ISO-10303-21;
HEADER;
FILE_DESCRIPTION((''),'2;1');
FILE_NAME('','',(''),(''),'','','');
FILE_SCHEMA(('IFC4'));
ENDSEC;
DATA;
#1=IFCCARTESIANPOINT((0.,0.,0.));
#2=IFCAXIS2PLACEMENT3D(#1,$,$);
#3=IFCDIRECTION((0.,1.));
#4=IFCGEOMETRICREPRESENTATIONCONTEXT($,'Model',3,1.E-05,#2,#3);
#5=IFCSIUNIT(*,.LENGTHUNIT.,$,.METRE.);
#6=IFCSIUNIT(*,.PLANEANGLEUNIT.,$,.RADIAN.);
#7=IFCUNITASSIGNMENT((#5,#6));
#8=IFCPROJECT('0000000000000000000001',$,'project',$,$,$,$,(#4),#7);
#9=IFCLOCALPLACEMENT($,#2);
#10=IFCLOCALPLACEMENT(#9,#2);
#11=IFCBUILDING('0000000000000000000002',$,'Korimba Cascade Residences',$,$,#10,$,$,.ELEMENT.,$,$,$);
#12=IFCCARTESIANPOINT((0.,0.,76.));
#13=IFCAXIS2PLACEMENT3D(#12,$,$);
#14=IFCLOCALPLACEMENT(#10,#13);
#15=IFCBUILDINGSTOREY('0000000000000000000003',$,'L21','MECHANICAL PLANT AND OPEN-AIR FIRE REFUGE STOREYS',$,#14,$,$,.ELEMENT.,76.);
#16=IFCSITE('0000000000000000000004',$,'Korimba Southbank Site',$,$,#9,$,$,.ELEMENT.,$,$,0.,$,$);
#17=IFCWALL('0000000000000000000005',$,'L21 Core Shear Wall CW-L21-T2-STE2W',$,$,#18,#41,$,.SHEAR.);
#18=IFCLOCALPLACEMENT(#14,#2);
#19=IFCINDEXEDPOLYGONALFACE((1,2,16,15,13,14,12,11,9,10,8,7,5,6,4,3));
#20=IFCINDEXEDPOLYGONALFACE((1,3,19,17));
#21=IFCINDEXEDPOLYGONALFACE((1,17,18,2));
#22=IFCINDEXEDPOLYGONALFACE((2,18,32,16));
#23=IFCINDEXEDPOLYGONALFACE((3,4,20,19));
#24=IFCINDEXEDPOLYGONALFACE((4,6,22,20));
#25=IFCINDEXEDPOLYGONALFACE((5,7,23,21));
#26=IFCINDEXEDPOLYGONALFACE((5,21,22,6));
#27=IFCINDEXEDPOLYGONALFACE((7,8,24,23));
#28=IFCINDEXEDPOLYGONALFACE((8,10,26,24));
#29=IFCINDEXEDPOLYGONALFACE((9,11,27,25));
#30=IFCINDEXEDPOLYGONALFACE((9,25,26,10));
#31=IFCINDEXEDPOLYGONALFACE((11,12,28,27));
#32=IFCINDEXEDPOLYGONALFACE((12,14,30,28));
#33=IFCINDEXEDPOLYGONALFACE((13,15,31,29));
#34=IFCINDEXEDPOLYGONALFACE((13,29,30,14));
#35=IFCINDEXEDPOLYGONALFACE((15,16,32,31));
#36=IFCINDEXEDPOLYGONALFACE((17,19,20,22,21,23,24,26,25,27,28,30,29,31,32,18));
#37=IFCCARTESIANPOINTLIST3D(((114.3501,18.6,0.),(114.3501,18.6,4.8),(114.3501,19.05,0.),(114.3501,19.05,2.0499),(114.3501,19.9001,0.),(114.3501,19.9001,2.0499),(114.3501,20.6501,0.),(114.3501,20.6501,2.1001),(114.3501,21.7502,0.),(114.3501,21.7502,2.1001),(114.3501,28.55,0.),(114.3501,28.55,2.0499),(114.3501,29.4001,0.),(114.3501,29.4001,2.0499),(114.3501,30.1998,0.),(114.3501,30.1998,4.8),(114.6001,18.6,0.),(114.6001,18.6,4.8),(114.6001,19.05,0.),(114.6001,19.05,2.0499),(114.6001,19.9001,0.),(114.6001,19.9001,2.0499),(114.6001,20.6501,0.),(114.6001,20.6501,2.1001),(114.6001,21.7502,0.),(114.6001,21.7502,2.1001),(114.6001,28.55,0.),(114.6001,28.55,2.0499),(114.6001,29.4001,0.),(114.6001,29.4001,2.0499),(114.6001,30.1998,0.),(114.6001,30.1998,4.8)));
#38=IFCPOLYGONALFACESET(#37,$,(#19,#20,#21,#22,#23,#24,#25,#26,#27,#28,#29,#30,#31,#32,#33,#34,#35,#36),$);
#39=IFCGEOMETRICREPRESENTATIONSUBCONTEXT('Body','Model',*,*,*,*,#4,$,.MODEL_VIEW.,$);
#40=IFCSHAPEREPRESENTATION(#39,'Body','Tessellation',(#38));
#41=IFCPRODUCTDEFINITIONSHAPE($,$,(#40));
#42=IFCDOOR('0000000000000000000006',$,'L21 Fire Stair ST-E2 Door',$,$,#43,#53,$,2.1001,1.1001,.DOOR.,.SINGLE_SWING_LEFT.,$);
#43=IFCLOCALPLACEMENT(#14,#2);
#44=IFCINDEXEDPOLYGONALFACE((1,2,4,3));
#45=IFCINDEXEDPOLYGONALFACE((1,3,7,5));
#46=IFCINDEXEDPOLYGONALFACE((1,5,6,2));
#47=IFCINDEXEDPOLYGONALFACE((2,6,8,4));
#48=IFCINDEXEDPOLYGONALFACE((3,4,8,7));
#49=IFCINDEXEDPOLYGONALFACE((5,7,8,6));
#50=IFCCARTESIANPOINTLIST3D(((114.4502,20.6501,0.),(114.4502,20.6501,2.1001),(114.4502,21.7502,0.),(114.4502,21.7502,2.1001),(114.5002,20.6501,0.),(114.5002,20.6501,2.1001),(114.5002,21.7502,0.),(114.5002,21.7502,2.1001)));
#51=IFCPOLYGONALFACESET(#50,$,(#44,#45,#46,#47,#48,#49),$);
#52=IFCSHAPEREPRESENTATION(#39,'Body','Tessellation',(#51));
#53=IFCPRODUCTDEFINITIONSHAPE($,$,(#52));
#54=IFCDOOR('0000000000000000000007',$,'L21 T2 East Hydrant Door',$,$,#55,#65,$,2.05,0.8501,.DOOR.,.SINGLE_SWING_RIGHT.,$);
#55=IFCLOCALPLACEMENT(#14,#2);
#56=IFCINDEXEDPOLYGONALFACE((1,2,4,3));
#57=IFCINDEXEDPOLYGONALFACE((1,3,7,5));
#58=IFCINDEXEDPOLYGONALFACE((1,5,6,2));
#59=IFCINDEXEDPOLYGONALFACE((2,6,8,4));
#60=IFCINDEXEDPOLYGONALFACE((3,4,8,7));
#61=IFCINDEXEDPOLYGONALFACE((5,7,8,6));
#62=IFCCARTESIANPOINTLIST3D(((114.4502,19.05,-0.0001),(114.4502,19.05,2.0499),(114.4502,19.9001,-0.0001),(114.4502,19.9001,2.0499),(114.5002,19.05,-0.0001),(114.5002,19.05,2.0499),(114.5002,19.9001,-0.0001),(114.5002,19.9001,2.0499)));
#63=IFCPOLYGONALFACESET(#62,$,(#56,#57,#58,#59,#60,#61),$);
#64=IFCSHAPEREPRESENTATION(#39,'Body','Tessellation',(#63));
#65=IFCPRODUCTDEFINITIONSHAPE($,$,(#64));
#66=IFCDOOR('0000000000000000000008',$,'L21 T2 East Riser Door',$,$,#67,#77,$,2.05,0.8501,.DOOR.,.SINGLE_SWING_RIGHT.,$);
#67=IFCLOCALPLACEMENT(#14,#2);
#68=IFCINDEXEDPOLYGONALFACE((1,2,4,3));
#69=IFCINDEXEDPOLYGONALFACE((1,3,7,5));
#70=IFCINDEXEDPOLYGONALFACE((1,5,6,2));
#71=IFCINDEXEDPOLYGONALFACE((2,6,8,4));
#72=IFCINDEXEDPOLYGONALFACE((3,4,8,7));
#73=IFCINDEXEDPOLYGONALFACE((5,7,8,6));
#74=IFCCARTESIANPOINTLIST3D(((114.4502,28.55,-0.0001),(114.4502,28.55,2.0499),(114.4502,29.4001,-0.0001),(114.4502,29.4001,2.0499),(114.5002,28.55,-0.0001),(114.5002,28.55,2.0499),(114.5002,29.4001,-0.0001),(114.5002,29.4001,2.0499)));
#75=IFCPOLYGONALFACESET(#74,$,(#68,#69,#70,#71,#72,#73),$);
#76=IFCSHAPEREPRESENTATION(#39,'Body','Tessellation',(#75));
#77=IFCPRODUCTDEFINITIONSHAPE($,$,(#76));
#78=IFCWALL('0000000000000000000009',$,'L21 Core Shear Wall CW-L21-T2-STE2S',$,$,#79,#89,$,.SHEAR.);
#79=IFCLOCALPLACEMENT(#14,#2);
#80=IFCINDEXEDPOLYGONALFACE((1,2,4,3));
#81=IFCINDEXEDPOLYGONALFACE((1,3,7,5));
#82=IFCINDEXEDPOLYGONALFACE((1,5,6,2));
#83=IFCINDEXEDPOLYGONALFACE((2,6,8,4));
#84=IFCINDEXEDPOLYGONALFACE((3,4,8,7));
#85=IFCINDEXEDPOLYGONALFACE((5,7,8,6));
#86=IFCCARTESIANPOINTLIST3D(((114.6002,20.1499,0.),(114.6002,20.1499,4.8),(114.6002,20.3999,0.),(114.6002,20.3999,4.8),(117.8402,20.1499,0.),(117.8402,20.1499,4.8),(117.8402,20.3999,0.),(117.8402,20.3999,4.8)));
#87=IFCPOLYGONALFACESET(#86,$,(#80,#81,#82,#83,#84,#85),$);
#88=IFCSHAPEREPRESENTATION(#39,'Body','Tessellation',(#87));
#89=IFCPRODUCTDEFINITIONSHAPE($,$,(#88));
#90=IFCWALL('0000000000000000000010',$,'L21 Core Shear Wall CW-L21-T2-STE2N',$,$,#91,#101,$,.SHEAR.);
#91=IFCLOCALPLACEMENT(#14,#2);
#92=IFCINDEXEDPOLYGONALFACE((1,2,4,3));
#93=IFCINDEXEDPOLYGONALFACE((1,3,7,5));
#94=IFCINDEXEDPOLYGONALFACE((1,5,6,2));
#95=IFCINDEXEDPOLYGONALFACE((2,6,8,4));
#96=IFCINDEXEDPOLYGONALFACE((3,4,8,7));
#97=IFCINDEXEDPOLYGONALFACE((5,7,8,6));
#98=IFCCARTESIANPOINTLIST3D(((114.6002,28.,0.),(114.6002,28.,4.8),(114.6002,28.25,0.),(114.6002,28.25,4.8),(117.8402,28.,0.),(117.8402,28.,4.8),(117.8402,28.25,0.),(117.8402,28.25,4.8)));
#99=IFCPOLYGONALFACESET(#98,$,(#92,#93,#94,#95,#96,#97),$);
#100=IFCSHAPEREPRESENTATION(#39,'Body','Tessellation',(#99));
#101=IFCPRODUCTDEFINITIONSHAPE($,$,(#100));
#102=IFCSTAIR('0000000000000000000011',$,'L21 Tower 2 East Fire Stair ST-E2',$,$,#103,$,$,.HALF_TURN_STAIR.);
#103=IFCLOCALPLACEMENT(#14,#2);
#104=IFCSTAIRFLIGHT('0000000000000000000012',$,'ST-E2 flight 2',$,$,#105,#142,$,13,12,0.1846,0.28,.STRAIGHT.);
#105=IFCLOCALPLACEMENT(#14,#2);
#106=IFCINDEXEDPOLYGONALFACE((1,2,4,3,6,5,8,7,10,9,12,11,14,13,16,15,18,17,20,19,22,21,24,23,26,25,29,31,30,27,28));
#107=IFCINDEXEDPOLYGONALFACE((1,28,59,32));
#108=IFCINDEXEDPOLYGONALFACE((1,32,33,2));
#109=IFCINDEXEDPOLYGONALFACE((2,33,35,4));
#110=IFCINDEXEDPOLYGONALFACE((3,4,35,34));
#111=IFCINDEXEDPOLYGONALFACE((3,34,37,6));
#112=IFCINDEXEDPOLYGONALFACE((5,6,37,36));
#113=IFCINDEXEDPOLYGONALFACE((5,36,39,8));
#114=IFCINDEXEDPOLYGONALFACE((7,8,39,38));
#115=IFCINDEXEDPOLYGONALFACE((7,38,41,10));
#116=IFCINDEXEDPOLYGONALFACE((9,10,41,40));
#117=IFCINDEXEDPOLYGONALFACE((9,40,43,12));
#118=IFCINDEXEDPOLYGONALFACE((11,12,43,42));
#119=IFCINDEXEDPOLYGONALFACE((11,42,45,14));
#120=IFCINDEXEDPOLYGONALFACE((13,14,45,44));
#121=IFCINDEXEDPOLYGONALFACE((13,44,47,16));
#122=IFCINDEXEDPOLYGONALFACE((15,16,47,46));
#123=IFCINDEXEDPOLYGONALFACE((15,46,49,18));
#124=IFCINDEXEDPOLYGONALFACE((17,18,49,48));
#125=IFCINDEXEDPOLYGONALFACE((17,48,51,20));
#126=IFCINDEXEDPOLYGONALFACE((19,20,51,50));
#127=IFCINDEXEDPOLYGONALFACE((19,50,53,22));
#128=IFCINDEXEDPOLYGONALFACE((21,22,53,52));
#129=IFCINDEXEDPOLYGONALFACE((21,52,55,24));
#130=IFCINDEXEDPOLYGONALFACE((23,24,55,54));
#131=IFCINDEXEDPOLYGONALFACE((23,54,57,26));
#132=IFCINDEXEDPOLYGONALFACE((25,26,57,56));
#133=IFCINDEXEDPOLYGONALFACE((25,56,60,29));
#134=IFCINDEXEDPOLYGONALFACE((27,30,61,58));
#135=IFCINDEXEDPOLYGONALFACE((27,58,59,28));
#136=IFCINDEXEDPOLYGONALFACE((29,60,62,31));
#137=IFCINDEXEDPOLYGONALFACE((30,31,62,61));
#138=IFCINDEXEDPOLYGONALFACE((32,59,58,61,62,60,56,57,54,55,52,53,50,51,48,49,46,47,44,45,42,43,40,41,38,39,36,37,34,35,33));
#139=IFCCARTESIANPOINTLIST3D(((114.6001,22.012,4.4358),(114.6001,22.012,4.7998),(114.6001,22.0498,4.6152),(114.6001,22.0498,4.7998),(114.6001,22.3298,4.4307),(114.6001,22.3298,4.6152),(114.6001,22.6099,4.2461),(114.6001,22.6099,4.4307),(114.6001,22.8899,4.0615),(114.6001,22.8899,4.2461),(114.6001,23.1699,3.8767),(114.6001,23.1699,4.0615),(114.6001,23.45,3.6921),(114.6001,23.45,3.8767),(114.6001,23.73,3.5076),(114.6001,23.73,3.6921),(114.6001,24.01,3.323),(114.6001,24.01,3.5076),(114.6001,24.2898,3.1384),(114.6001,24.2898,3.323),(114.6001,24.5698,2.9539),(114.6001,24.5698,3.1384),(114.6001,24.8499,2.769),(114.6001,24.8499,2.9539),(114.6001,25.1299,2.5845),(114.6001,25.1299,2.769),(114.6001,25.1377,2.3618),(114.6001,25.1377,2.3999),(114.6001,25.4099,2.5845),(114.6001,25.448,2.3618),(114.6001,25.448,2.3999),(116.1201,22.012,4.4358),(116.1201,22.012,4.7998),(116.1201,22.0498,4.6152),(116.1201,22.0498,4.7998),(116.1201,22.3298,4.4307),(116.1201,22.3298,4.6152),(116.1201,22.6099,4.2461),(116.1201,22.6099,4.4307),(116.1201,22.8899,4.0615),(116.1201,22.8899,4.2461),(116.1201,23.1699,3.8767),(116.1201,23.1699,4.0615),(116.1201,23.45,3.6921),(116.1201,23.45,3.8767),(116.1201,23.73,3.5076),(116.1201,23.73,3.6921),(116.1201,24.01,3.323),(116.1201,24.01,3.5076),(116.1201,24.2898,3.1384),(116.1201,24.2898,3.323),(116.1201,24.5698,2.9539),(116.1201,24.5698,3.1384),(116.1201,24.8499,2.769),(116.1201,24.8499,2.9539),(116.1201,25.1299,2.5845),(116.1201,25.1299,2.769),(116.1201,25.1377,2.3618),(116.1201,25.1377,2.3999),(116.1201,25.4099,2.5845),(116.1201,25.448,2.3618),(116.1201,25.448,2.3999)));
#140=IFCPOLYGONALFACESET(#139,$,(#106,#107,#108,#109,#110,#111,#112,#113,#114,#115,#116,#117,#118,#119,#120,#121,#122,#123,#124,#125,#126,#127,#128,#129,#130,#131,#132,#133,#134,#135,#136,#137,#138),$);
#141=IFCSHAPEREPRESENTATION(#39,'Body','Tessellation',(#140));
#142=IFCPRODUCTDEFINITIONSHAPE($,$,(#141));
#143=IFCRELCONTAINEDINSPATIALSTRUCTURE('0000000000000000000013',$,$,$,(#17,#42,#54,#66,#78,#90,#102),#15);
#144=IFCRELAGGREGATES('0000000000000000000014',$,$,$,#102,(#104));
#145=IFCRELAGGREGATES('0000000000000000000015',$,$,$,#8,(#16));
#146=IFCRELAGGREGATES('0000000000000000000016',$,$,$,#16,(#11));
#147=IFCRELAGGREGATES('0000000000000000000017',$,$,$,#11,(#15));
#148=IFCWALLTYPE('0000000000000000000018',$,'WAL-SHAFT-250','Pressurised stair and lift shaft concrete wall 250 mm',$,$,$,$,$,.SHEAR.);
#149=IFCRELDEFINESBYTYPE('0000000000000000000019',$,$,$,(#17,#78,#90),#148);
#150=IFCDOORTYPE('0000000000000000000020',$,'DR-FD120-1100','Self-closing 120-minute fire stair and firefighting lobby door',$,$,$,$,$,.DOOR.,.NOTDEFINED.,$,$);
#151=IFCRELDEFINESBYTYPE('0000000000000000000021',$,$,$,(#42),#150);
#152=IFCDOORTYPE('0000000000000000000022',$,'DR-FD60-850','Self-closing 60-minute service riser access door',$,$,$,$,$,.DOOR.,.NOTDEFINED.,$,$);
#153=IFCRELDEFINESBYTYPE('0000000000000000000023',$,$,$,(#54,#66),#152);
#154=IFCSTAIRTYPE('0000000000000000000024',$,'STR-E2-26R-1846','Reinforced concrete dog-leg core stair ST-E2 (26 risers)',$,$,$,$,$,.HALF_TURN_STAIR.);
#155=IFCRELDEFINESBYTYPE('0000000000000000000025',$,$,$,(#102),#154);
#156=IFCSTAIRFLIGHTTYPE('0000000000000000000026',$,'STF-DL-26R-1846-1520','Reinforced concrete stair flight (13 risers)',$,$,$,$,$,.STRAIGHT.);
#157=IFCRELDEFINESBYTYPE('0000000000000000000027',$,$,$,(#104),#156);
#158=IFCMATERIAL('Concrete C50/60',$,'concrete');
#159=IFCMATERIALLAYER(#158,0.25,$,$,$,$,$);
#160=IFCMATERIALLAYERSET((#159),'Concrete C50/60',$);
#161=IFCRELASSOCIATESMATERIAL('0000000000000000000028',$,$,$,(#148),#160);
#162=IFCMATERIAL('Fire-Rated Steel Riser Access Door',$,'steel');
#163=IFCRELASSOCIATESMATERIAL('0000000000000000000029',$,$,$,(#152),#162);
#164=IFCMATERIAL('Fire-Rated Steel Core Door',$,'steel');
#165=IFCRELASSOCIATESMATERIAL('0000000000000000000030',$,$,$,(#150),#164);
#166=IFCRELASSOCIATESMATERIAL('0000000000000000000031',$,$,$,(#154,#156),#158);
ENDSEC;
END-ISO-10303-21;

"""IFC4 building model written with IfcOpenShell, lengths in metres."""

from ifc_helpers import new_model, si_unit, direction, frame, frame_2d, origin, place, context, subcontext, project, spatial, polyline, rectangle, outline, extrude, material, layer, layer_set, type_object, element, fill, aggregate, save


model = new_model("IFC4")

# Units and contexts
model_context = context("Model", 3, precision=1e-05, world=origin(), true_north=direction((0.0, 1.0)))
body_context = subcontext(model_context, "Body", "Model", "MODEL_VIEW")
ifc_project = project(units=[si_unit("LENGTHUNIT", "METRE"), si_unit("PLANEANGLEUNIT", "RADIAN")], contexts=[model_context])

# Site, building, storey
site_placement = place(None, origin())
site = spatial("IfcSite", under=ifc_project, at=site_placement, Name="Korimba Southbank Site", CompositionType="ELEMENT", RefElevation=0.0)
building_placement = place(site_placement, origin())
building = spatial("IfcBuilding", under=site, at=building_placement, Name="Korimba Cascade Residences", CompositionType="ELEMENT")
storey_placement = place(building_placement, frame((0.0, 0.0, 76.0)))
storey = spatial("IfcBuildingStorey", under=building, at=storey_placement, Name="L21", Description="MECHANICAL PLANT AND OPEN-AIR FIRE REFUGE STOREYS", CompositionType="ELEMENT", Elevation=76.0)

# Shared definitions
ifc_material_1 = material(Name="Concrete C50/60", Category="concrete")
ifc_layer_1 = layer(ifc_material_1, 0.25)
ifc_layer_set_1 = layer_set([ifc_layer_1], Name="Concrete C50/60")
wall_type_1 = type_object("IfcWallType", Name="WAL-SHAFT-250", Description="Pressurised stair and lift shaft concrete wall 250 mm", PredefinedType="SHEAR", material=ifc_layer_set_1)

# Shared definitions
ifc_material_2 = material(Name="Fire-Rated Steel Riser Access Door", Category="steel")
door_type_1 = type_object("IfcDoorType", Name="DR-FD60-850", Description="Self-closing 60-minute service riser access door", OperationType="NOTDEFINED", PredefinedType="DOOR", material=ifc_material_2)

# Wall, openings, doors
wall_1_placement = place(storey_placement, frame((114.4751, 18.6001, 0.0), z_axis=(0.0, 0.0, 1.0), x_axis=(0.0, 1.0, 0.0)))
wall_1 = element("IfcWall", 1, at=wall_1_placement, inside=storey, type_object=wall_type_1, Name="L21 Core Shear Wall CW-L21-T2-STE2W", PredefinedType="SHEAR", context=body_context, shape_type="SweptSolid", body=[
    extrude(rectangle(XDim=11.5999, YDim=0.25, at=frame_2d((5.7998, 0.0))), origin(), (0.0, 0.0, 1.0), 4.8),
])
opening_1_placement = place(wall_1_placement, frame((0.45, 0.0, 0.0)))
opening_1 = element("IfcOpeningElement", 2, at=opening_1_placement, cuts=wall_1, PredefinedType="OPENING", context=body_context, shape_type="SweptSolid", body=[
    extrude(rectangle(XDim=0.8501, YDim=2.05, at=frame_2d((0.425, 1.0249))), frame((0.0, 0.135, 0.0), z_axis=(0.0, -1.0, 0.0), x_axis=(1.0, 0.0, 0.0)), (0.0, 0.0, 1.0), 0.27),
])
opening_2_placement = place(wall_1_placement, frame((2.05, 0.0, 0.0)))
opening_2 = element("IfcOpeningElement", 3, at=opening_2_placement, cuts=wall_1, PredefinedType="OPENING", context=body_context, shape_type="SweptSolid", body=[
    extrude(rectangle(XDim=1.1001, YDim=2.1001, at=frame_2d((0.55, 1.05))), frame((0.0, 0.135, 0.0), z_axis=(0.0, -1.0, 0.0), x_axis=(1.0, 0.0, 0.0)), (0.0, 0.0, 1.0), 0.27),
])
opening_3_placement = place(wall_1_placement, frame((9.95, 0.0, 0.0)))
opening_3 = element("IfcOpeningElement", 4, at=opening_3_placement, cuts=wall_1, PredefinedType="OPENING", context=body_context, shape_type="SweptSolid", body=[
    extrude(rectangle(XDim=0.8501, YDim=2.05, at=frame_2d((0.425, 1.0249))), frame((0.0, 0.135, 0.0), z_axis=(0.0, -1.0, 0.0), x_axis=(1.0, 0.0, 0.0)), (0.0, 0.0, 1.0), 0.27),
])
ifc_material_3 = material(Name="Fire-Rated Steel Core Door", Category="steel")
door_type_2 = type_object("IfcDoorType", Name="DR-FD120-1100", Description="Self-closing 120-minute fire stair and firefighting lobby door", OperationType="NOTDEFINED", PredefinedType="DOOR", material=ifc_material_3)
door_1_placement = place(opening_2_placement, origin())
door_1 = element("IfcDoor", 5, at=door_1_placement, inside=storey, type_object=door_type_2, Name="L21 Fire Stair ST-E2 Door", OperationType="SINGLE_SWING_LEFT", OverallHeight=2.1001, OverallWidth=1.1001, PredefinedType="DOOR", context=body_context, shape_type="SweptSolid", body=[
    extrude(rectangle(XDim=1.1001, YDim=2.1001, at=frame_2d((0.55, 1.05))), frame((0.0, 0.0249, 0.0), z_axis=(0.0, -1.0, 0.0), x_axis=(1.0, 0.0, 0.0)), (0.0, 0.0, 1.0), 0.05),
])
fill(opening_2, door_1)
door_2_placement = place(opening_1_placement, origin())
door_2 = element("IfcDoor", 6, at=door_2_placement, inside=storey, type_object=door_type_1, Name="L21 T2 East Hydrant Door", OperationType="SINGLE_SWING_RIGHT", OverallHeight=2.05, OverallWidth=0.8501, PredefinedType="DOOR", context=body_context, shape_type="SweptSolid", body=[
    extrude(rectangle(XDim=0.8501, YDim=2.05, at=frame_2d((0.425, 1.0249))), frame((0.0, 0.0249, 0.0), z_axis=(0.0, -1.0, 0.0), x_axis=(1.0, 0.0, 0.0)), (0.0, 0.0, 1.0), 0.05),
])
fill(opening_1, door_2)
door_3_placement = place(opening_3_placement, origin())
door_3 = element("IfcDoor", 7, at=door_3_placement, inside=storey, type_object=door_type_1, Name="L21 T2 East Riser Door", OperationType="SINGLE_SWING_RIGHT", OverallHeight=2.05, OverallWidth=0.8501, PredefinedType="DOOR", context=body_context, shape_type="SweptSolid", body=[
    extrude(rectangle(XDim=0.8501, YDim=2.05, at=frame_2d((0.425, 1.0249))), frame((0.0, 0.0249, 0.0), z_axis=(0.0, -1.0, 0.0), x_axis=(1.0, 0.0, 0.0)), (0.0, 0.0, 1.0), 0.05),
])
fill(opening_3, door_3)

# Walls
for number, where, z_axis, x_axis, name in (
    (8, (114.6001, 20.2749, 0.0), (0.0, 0.0, 1.0), (1.0, 0.0, 0.0), "L21 Core Shear Wall CW-L21-T2-STE2S"),
    (9, (114.6001, 28.125, 0.0), (0.0, 0.0, 1.0), (1.0, 0.0, 0.0), "L21 Core Shear Wall CW-L21-T2-STE2N"),
):
    element("IfcWall", number, at=place(storey_placement, frame(where, z_axis=z_axis, x_axis=x_axis)), inside=storey, type_object=wall_type_1, Name=name, PredefinedType="SHEAR", context=body_context, shape_type="SweptSolid", body=[
        extrude(rectangle(XDim=3.24, YDim=0.25, at=frame_2d((1.6201, 0.0))), origin(), (0.0, 0.0, 1.0), 4.8),
    ])

# Stair, stair flight
stair_type = type_object("IfcStairType", Name="STR-E2-26R-1846", Description="Reinforced concrete dog-leg core stair ST-E2 (26 risers)", PredefinedType="HALF_TURN_STAIR", material=ifc_material_1)
stair_placement = place(storey_placement, origin())
stair = element("IfcStair", 10, at=stair_placement, inside=storey, type_object=stair_type, Name="L21 Tower 2 East Fire Stair ST-E2", PredefinedType="HALF_TURN_STAIR")
stair_flight_type = type_object("IfcStairFlightType", Name="STF-DL-26R-1846-1520", Description="Reinforced concrete stair flight (13 risers)", PredefinedType="STRAIGHT", material=ifc_material_1)
stair_flight_placement = place(storey_placement, frame((115.3601, 25.4099, 2.3999), z_axis=(0.0, 0.0, 1.0), x_axis=(0.0, -1.0, 0.0)))
stair_flight = element("IfcStairFlight", 11, at=stair_flight_placement, type_object=stair_flight_type, Name="ST-E2 flight 2", NumberOfRisers=13, NumberOfTreads=12, PredefinedType="STRAIGHT", RiserHeight=0.1846, TreadLength=0.28, context=body_context, shape_type="SweptSolid", body=[
    extrude(outline(polyline([(-0.0381, 0.0), (0.0, 0.1846), (0.28, 0.1846), (0.28, 0.3691), (0.5601, 0.3691), (0.5601, 0.554), (0.8401, 0.554), (0.8401, 0.7385), (1.1201, 0.7385), (1.1201, 0.9231), (1.3999, 0.9231), (1.3999, 1.1077), (1.6799, 1.1077), (1.6799, 1.2922), (1.96, 1.2922), (1.96, 1.4768), (2.24, 1.4768), (2.24, 1.6616), (2.52, 1.6616), (2.52, 1.8462), (2.8, 1.8462), (2.8, 2.0308), (3.0801, 2.0308), (3.0801, 2.2153), (3.3601, 2.2153), (3.3601, 2.3999), (3.3979, 2.3999), (3.3979, 2.0359), (0.2722, 0.0), (0.2722, -0.0381), (-0.0381, -0.0381), (-0.0381, 0.0)])), frame((0.0, 0.76, 0.0), z_axis=(0.0, -1.0, 0.0), x_axis=(1.0, 0.0, 0.0)), (0.0, 0.0, 1.0), 1.52),
])
aggregate(stair, [stair_flight])

save(model, "model.ifc")
